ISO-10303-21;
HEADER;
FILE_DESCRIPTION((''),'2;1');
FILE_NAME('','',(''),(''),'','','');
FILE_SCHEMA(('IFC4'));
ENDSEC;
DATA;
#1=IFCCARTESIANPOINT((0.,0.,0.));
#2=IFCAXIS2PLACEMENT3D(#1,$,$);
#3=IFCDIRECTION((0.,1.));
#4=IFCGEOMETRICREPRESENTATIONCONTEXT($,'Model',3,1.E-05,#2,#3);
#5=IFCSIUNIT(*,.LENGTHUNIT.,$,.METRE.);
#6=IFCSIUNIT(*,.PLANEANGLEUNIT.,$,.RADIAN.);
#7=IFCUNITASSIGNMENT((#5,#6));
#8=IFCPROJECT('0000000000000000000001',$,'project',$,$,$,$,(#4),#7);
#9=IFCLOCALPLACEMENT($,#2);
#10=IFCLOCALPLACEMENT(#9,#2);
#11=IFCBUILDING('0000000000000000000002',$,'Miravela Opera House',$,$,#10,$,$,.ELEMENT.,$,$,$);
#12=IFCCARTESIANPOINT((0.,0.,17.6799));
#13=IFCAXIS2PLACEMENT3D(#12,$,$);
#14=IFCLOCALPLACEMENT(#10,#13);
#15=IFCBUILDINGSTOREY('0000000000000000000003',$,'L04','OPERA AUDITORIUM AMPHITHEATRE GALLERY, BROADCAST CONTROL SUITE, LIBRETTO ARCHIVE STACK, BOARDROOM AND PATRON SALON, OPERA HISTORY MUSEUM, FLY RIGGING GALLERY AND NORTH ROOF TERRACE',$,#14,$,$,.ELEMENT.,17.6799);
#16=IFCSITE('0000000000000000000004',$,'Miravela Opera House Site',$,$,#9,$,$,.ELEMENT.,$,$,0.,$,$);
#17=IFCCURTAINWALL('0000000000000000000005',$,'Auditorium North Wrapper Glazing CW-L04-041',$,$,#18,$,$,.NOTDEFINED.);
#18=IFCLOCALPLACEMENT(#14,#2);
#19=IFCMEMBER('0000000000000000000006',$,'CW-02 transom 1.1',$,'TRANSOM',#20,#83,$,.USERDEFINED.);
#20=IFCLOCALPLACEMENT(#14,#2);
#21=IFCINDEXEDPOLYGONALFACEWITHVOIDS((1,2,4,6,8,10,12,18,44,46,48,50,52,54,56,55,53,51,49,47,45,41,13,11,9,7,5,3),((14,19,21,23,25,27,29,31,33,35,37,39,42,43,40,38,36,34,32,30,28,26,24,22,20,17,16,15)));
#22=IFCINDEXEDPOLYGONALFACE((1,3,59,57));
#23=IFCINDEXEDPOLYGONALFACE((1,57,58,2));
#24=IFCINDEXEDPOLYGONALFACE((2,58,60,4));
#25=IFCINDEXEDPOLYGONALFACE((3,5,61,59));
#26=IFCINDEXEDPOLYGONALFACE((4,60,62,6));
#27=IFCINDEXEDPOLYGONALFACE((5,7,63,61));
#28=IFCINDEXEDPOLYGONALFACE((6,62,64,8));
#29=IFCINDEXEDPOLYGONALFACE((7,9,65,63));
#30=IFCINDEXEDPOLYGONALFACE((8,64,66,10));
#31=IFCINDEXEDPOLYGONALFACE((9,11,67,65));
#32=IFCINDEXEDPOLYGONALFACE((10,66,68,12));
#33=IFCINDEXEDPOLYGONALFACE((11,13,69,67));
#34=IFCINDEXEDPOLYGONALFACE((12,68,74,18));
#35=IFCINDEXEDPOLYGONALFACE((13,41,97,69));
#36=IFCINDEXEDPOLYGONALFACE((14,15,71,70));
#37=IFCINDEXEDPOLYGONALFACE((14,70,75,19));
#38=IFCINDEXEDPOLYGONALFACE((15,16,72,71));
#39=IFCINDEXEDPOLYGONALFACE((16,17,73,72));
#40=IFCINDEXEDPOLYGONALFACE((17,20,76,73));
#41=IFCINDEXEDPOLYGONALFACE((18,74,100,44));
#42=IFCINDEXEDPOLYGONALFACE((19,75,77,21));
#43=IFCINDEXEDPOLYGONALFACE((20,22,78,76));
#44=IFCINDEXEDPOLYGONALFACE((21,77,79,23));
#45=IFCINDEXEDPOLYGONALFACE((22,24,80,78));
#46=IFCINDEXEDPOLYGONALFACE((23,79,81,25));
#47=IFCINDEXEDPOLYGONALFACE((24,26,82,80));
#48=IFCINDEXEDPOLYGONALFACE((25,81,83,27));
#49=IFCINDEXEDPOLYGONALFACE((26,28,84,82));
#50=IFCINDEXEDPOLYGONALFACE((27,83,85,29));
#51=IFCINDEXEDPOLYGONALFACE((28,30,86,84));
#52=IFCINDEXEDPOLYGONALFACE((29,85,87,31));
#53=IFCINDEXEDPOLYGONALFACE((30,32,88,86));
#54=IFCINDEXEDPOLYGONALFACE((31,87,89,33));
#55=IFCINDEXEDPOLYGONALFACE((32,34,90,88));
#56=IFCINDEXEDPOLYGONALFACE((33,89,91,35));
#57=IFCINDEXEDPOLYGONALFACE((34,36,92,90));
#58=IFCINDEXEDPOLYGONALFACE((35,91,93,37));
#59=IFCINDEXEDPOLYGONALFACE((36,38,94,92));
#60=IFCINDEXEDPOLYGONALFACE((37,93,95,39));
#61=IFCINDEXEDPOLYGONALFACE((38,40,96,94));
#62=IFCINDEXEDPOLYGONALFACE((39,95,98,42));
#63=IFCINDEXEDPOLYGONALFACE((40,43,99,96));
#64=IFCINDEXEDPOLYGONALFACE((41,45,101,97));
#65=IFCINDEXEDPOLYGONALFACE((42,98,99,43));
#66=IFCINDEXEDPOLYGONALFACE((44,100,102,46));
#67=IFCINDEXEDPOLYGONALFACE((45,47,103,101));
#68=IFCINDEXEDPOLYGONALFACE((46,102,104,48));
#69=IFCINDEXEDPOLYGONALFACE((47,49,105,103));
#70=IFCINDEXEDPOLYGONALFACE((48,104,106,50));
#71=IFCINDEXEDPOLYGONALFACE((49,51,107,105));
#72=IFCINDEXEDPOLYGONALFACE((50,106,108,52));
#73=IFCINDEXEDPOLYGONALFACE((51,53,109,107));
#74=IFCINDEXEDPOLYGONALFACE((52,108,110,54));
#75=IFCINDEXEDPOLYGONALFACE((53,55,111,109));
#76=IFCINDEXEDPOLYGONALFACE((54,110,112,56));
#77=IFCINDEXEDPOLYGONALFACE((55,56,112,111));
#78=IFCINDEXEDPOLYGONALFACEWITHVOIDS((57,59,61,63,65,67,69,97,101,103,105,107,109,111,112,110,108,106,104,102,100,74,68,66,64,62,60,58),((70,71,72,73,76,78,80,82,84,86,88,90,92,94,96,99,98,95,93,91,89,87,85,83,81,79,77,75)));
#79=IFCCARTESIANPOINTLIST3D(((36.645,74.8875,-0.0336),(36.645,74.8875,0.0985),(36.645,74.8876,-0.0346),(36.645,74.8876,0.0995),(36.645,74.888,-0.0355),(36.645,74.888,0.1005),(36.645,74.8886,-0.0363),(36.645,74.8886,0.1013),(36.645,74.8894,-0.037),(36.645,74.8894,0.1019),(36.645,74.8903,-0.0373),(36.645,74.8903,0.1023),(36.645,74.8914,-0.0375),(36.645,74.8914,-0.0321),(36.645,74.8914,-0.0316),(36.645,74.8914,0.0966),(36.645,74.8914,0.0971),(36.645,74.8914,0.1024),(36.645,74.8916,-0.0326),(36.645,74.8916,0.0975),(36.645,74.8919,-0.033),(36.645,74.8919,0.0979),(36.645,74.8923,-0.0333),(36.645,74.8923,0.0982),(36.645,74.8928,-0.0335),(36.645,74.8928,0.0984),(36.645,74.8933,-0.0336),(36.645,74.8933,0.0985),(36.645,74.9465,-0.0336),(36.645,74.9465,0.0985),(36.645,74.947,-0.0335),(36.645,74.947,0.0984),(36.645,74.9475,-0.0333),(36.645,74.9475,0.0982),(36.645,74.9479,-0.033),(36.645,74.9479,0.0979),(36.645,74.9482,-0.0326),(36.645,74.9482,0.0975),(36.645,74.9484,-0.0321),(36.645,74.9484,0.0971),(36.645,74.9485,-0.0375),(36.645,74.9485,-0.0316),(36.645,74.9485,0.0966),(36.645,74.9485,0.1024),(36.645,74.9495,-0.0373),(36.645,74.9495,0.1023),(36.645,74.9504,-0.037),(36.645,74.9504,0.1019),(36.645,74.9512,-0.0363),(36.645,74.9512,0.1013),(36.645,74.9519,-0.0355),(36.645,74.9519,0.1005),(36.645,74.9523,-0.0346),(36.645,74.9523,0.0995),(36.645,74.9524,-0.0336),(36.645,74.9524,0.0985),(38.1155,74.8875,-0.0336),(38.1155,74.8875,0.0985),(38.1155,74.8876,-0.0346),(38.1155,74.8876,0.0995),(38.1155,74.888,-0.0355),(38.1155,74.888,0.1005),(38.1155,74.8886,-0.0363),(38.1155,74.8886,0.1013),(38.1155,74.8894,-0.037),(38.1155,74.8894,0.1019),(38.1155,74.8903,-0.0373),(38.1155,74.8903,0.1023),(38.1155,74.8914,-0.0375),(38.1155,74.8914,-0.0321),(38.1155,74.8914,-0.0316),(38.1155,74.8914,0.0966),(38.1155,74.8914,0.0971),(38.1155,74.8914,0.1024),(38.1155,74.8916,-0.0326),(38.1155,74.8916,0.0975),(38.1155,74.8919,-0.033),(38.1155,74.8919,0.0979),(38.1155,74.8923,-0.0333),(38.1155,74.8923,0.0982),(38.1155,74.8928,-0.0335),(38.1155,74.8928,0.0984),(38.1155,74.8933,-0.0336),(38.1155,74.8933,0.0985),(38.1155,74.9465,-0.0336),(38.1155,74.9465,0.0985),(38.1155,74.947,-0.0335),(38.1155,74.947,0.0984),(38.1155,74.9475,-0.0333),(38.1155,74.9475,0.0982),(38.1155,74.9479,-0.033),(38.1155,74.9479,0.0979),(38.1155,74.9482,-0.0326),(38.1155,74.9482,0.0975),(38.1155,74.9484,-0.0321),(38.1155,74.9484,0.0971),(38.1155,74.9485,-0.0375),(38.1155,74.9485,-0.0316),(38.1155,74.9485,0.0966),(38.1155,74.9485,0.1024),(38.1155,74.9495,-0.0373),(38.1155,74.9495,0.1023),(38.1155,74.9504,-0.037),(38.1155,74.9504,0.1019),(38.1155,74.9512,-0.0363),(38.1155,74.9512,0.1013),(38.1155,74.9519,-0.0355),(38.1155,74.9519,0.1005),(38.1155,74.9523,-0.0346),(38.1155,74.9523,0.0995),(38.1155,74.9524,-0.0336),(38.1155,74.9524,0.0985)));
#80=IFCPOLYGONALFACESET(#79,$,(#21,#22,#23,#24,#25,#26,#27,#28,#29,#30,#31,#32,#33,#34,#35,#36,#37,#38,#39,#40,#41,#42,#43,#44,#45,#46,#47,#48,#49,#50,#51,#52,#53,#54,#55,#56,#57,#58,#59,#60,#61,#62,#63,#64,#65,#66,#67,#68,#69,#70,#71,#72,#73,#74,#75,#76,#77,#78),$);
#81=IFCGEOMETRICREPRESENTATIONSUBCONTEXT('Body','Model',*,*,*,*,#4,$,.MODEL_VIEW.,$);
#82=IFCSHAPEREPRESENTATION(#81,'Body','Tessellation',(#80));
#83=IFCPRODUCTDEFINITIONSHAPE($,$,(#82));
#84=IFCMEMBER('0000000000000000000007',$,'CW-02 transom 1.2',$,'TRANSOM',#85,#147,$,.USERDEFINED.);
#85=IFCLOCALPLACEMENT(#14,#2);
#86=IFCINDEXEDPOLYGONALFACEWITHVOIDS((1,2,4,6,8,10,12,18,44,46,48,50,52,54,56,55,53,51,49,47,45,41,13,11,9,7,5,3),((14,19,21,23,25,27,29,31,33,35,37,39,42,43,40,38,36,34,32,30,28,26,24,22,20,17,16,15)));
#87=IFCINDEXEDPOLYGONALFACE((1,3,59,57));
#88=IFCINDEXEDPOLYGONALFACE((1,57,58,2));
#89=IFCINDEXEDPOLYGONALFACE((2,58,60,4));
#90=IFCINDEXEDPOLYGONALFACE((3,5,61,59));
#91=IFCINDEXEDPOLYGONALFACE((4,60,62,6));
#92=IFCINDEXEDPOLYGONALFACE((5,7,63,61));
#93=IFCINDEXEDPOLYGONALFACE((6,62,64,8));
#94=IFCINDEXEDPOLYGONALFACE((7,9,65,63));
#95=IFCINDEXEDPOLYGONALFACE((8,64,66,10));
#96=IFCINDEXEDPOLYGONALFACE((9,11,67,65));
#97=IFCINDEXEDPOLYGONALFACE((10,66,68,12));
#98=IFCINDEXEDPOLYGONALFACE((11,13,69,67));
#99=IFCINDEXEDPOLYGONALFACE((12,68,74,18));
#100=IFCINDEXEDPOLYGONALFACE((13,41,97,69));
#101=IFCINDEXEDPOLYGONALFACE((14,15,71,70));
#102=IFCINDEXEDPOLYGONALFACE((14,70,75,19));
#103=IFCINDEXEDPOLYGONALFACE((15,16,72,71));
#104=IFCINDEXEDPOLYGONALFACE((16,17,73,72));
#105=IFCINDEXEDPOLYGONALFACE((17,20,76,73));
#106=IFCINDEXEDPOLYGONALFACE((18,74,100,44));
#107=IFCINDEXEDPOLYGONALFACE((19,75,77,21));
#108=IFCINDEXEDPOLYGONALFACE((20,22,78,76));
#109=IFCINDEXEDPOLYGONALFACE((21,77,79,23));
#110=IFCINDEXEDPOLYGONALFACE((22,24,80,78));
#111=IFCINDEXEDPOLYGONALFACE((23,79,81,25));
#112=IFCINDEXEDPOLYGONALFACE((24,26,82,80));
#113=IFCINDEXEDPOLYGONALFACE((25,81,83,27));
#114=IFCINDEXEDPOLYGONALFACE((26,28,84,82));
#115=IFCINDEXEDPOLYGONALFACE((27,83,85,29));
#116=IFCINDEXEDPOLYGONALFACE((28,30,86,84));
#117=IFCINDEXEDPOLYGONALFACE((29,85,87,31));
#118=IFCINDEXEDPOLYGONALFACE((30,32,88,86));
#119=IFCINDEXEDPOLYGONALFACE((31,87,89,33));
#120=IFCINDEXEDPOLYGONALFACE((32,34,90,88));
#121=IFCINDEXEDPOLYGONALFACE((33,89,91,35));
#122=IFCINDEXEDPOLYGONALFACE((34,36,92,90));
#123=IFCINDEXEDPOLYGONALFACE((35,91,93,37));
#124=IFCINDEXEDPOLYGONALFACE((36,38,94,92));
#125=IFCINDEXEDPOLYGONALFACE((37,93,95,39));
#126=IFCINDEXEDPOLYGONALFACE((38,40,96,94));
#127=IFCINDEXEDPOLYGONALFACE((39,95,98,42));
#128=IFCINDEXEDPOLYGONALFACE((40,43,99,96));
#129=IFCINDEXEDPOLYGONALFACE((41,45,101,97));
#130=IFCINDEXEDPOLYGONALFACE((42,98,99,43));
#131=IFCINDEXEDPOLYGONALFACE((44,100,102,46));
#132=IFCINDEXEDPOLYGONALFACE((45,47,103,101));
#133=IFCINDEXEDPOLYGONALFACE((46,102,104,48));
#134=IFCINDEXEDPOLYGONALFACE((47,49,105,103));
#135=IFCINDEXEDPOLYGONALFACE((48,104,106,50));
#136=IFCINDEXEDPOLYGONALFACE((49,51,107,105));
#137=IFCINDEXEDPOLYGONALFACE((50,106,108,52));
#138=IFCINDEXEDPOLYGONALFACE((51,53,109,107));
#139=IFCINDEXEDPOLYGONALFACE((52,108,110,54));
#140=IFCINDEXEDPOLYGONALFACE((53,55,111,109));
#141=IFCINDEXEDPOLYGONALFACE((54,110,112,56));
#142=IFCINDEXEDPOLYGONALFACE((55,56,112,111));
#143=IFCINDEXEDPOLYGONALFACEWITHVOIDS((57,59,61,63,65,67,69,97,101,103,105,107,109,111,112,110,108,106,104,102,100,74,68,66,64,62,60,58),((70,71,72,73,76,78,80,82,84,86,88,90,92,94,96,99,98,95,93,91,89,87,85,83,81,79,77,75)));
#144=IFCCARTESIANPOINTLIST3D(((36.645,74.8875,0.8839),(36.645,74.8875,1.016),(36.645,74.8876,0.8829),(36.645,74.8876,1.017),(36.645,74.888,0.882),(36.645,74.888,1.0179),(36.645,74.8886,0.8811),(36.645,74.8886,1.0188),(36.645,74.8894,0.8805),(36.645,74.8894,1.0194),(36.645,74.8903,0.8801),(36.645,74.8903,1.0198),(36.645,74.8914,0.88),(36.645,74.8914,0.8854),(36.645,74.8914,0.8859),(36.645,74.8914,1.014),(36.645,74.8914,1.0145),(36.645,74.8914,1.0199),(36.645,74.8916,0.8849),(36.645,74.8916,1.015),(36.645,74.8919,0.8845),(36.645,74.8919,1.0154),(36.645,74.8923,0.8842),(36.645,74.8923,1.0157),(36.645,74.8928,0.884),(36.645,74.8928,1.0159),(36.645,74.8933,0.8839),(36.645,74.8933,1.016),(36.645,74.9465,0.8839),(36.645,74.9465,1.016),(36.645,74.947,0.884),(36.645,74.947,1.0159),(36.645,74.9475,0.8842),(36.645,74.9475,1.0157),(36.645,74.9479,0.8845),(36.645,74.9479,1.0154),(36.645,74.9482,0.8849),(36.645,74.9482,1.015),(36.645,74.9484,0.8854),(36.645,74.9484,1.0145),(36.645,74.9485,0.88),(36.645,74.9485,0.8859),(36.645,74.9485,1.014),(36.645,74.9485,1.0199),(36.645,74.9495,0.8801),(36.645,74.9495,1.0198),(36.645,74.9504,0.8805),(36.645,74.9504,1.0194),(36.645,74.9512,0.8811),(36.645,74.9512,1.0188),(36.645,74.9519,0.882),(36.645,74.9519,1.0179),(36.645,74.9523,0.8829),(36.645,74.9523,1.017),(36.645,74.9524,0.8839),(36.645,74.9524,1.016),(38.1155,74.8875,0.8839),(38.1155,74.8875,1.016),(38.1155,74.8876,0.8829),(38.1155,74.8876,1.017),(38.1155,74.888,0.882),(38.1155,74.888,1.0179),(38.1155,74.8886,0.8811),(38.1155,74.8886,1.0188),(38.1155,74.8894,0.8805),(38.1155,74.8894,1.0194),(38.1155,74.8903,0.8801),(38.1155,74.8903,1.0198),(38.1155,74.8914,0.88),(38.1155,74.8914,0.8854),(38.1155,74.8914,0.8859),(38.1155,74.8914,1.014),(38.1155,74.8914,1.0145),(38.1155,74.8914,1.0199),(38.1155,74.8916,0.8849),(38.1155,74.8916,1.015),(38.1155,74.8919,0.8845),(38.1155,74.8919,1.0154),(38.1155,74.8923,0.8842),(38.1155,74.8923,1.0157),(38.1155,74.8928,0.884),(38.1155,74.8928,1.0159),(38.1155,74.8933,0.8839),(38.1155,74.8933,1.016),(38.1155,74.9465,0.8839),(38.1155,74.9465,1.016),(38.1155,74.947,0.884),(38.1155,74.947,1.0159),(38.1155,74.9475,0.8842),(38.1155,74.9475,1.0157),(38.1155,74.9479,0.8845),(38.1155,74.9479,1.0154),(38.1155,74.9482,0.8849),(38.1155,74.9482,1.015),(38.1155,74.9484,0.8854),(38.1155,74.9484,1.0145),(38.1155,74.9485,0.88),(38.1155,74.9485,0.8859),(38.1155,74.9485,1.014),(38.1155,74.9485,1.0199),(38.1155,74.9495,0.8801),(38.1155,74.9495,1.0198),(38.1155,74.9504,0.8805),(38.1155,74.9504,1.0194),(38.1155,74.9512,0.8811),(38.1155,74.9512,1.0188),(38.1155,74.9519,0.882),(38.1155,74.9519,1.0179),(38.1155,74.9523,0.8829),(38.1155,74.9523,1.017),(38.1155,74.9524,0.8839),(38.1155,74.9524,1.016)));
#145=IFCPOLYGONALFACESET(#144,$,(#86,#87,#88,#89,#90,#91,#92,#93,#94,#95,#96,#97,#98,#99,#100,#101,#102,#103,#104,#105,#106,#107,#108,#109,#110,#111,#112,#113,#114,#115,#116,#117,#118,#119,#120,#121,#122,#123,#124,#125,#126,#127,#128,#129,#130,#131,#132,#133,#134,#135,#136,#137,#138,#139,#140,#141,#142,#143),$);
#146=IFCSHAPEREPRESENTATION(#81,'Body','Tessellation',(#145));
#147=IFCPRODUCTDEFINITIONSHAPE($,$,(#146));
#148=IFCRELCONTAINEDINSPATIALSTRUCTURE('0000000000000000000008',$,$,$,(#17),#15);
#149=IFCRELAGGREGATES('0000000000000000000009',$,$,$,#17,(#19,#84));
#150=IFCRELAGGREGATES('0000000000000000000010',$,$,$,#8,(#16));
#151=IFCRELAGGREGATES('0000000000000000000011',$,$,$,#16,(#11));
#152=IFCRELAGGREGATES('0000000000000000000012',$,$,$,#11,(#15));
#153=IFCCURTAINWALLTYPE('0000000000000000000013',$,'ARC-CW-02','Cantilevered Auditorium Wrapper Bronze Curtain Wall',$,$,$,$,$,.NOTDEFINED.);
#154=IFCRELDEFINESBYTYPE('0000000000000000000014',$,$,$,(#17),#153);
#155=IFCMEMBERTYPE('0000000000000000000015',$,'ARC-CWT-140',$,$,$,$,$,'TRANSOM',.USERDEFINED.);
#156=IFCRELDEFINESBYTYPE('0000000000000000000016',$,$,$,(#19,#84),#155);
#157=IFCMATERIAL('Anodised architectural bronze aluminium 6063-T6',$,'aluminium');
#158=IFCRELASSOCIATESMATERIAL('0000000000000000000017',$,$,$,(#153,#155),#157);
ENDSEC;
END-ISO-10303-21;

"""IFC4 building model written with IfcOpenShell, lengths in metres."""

from ifc_helpers import new_model, si_unit, direction, frame, origin, origin_2d, place, context, subcontext, project, spatial, hollow_rectangle, extrude, material, material_profile, profile_set, type_object, element, aggregate, save


model = new_model("IFC4")

# Units and contexts
model_context = context("Model", 3, precision=1e-05, world=origin(), true_north=direction((0.0, 1.0)))
body_context = subcontext(model_context, "Body", "Model", "MODEL_VIEW")
ifc_project = project(units=[si_unit("LENGTHUNIT", "METRE"), si_unit("PLANEANGLEUNIT", "RADIAN")], contexts=[model_context])

# Site, building, storey
site_placement = place(None, origin())
site = spatial("IfcSite", under=ifc_project, at=site_placement, Name="Miravela Opera House Site", CompositionType="ELEMENT", RefElevation=0.0)
building_placement = place(site_placement, origin())
building = spatial("IfcBuilding", under=site, at=building_placement, Name="Miravela Opera House", CompositionType="ELEMENT")
storey_placement = place(building_placement, frame((0.0, 0.0, 17.6799)))
storey = spatial("IfcBuildingStorey", under=building, at=storey_placement, Name="L04", Description="OPERA AUDITORIUM AMPHITHEATRE GALLERY, BROADCAST CONTROL SUITE, LIBRETTO ARCHIVE STACK, BOARDROOM AND PATRON SALON, OPERA HISTORY MUSEUM, FLY RIGGING GALLERY AND NORTH ROOF TERRACE", CompositionType="ELEMENT", Elevation=17.6799)

# Shared definitions
ifc_material_1 = material(Name="Anodised architectural bronze aluminium 6063-T6", Category="aluminium")
curtain_wall_type = type_object("IfcCurtainWallType", Name="ARC-CW-02", Description="Cantilevered Auditorium Wrapper Bronze Curtain Wall", PredefinedType="NOTDEFINED", material=ifc_material_1)

# Curtain wall
curtain_wall_1_placement = place(storey_placement, origin())
curtain_wall_1 = element("IfcCurtainWall", 1, at=curtain_wall_1_placement, inside=storey, type_object=curtain_wall_type, Name="Auditorium North Wrapper Glazing CW-L04-041", PredefinedType="NOTDEFINED")

# Members
ifc_material_profile_1 = material_profile(ifc_material_1, hollow_rectangle(XDim=0.0649, YDim=0.1399, WallThickness=0.0039, InnerFilletRadius=0.002, OuterFilletRadius=0.0039, at=origin_2d()), Name="CWT-65X140")
ifc_profile_set_1 = profile_set([ifc_material_profile_1])
member_type_1 = type_object("IfcMemberType", Name="ARC-CWT-140", ElementType="TRANSOM", PredefinedType="USERDEFINED", material=ifc_profile_set_1)
member_1_placement = place(storey_placement, frame((36.645, 74.9199, 0.0325), z_axis=(1.0, 0.0, 0.0), x_axis=(0.0, 1.0, 0.0)))
member_1 = element("IfcMember", 2, at=member_1_placement, type_object=member_type_1, Name="CW-02 transom 1.1", ObjectType="TRANSOM", PredefinedType="USERDEFINED", context=body_context, shape_type="SweptSolid", body=[
    extrude(hollow_rectangle(XDim=0.0649, YDim=0.1399, WallThickness=0.0039, InnerFilletRadius=0.002, OuterFilletRadius=0.0039, at=origin_2d()), origin(), (0.0, 0.0, 1.0), 1.4705),
])
member_2_placement = place(storey_placement, frame((36.645, 74.9199, 0.95), z_axis=(1.0, 0.0, 0.0), x_axis=(0.0, 1.0, 0.0)))
member_2 = element("IfcMember", 3, at=member_2_placement, type_object=member_type_1, Name="CW-02 transom 1.2", ObjectType="TRANSOM", PredefinedType="USERDEFINED", context=body_context, shape_type="SweptSolid", body=[
    extrude(hollow_rectangle(XDim=0.0649, YDim=0.1399, WallThickness=0.0039, InnerFilletRadius=0.002, OuterFilletRadius=0.0039, at=origin_2d()), origin(), (0.0, 0.0, 1.0), 1.4705),
])

aggregate(curtain_wall_1, [member_1, member_2])

save(model, "model.ifc")
